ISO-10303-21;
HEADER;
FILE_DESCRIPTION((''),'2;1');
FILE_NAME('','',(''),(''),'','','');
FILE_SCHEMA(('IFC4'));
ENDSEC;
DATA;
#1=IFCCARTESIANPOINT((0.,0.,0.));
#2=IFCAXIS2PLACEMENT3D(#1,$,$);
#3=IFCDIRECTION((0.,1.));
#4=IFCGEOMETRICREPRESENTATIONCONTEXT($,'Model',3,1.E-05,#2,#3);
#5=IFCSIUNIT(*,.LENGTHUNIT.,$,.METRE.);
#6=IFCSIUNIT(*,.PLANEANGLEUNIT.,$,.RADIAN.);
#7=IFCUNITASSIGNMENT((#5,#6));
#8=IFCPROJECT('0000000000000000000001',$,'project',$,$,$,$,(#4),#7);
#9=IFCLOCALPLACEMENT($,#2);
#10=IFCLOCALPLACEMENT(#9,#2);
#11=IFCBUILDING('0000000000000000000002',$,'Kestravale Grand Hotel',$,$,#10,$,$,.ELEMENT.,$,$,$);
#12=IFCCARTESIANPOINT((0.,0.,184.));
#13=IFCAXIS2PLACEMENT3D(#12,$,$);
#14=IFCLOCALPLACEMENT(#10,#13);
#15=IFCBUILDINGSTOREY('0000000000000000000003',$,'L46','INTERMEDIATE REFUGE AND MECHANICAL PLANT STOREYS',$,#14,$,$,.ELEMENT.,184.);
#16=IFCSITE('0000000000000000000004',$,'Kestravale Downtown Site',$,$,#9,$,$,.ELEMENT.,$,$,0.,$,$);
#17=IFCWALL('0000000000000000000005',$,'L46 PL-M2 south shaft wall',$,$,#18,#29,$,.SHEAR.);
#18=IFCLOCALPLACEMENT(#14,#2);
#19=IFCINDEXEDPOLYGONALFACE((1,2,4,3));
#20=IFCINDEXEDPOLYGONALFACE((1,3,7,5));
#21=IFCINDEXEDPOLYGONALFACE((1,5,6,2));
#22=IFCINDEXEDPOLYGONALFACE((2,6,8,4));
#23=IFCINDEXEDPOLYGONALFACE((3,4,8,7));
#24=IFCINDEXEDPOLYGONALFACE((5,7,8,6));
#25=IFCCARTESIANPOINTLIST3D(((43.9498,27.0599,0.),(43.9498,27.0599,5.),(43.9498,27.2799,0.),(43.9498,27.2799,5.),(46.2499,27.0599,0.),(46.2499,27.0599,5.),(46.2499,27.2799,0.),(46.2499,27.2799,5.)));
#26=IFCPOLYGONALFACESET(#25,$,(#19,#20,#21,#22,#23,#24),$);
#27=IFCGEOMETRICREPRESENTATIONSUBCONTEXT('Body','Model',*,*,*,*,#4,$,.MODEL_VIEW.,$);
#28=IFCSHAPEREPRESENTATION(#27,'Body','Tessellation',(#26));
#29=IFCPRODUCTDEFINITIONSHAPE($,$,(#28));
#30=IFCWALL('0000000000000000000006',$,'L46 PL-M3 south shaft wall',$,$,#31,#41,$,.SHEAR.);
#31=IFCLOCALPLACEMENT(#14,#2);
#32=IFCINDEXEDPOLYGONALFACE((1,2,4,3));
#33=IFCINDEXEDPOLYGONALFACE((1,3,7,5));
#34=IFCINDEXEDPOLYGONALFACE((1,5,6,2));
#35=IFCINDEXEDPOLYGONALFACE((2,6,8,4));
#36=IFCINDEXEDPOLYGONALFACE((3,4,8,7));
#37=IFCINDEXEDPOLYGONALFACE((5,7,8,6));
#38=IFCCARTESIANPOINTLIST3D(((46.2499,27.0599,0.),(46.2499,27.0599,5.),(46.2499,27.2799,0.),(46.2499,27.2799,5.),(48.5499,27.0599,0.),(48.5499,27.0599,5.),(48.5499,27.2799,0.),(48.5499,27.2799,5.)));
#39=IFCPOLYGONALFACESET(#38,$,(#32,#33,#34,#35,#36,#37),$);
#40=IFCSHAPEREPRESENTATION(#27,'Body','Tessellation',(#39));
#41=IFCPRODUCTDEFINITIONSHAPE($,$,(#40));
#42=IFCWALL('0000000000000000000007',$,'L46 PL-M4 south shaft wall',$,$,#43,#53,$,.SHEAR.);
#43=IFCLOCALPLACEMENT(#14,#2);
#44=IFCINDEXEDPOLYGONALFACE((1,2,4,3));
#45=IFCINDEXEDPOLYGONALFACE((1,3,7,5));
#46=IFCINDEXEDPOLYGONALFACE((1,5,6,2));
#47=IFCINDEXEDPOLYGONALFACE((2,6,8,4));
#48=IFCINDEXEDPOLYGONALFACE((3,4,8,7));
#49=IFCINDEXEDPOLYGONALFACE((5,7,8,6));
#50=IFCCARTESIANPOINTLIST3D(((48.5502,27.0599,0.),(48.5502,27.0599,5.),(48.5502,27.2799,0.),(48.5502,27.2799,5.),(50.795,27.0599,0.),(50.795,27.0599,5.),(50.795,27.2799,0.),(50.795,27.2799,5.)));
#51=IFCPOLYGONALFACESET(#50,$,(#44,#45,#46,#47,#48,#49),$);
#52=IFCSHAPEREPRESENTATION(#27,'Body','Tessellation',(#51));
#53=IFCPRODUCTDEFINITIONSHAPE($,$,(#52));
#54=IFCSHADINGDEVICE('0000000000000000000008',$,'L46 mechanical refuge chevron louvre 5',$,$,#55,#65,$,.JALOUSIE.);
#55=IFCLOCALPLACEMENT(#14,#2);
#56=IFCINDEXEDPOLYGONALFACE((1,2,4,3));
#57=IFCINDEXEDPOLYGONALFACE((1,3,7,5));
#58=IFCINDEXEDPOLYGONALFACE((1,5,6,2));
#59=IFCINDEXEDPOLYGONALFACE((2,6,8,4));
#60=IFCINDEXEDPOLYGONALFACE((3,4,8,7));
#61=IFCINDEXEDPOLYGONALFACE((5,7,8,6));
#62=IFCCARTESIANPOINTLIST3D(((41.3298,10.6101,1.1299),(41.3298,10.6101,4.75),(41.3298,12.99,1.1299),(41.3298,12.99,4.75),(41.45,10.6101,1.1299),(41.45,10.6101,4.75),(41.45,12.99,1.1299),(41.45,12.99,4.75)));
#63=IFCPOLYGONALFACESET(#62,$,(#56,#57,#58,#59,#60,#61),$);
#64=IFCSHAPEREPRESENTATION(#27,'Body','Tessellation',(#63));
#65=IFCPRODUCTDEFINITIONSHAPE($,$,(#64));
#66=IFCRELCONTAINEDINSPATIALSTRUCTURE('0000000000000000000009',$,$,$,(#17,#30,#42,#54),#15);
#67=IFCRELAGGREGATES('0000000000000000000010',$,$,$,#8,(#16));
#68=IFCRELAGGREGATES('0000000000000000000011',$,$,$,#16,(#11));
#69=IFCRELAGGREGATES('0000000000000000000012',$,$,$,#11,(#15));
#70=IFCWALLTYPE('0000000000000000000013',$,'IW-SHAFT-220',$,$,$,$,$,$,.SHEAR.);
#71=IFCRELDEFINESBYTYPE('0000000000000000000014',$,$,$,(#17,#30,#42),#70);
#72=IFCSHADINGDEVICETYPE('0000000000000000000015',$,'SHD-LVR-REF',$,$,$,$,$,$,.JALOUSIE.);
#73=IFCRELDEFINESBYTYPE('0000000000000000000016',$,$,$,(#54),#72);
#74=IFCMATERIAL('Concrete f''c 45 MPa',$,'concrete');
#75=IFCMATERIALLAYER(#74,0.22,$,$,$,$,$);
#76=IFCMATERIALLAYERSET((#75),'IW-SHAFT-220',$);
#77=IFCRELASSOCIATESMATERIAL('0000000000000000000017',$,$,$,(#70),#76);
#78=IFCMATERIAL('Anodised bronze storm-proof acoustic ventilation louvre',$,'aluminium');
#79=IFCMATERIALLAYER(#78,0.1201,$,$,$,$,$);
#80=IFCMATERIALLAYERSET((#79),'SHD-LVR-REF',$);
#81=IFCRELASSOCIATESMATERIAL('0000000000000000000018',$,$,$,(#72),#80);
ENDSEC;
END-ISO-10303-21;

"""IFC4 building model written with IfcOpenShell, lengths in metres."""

from ifc_helpers import new_model, si_unit, direction, frame, frame_2d, origin, origin_2d, place, context, subcontext, project, spatial, rectangle, extrude, material, layer, layer_set, type_object, element, save


model = new_model("IFC4")

# Units and contexts
model_context = context("Model", 3, precision=1e-05, world=origin(), true_north=direction((0.0, 1.0)))
body_context = subcontext(model_context, "Body", "Model", "MODEL_VIEW")
ifc_project = project(units=[si_unit("LENGTHUNIT", "METRE"), si_unit("PLANEANGLEUNIT", "RADIAN")], contexts=[model_context])

# Site, building, storey
site_placement = place(None, origin())
site = spatial("IfcSite", under=ifc_project, at=site_placement, Name="Kestravale Downtown Site", CompositionType="ELEMENT", RefElevation=0.0)
building_placement = place(site_placement, origin())
building = spatial("IfcBuilding", under=site, at=building_placement, Name="Kestravale Grand Hotel", CompositionType="ELEMENT")
storey_placement = place(building_placement, frame((0.0, 0.0, 184.0)))
storey = spatial("IfcBuildingStorey", under=building, at=storey_placement, Name="L46", Description="INTERMEDIATE REFUGE AND MECHANICAL PLANT STOREYS", CompositionType="ELEMENT", Elevation=184.0)

# Walls
ifc_material_1 = material(Name="Concrete f'c 45 MPa", Category="concrete")
ifc_layer_1 = layer(ifc_material_1, 0.22)
ifc_layer_set_1 = layer_set([ifc_layer_1], Name="IW-SHAFT-220")
wall_type_1 = type_object("IfcWallType", Name="IW-SHAFT-220", PredefinedType="SHEAR", material=ifc_layer_set_1)
for number, where, z_axis, x_axis, name in (
    (1, (43.95, 27.1699, 0.0), (0.0, 0.0, 1.0), (1.0, 0.0, 0.0), "L46 PL-M2 south shaft wall"),
    (2, (46.25, 27.1699, 0.0), (0.0, 0.0, 1.0), (1.0, 0.0, 0.0), "L46 PL-M3 south shaft wall"),
):
    element("IfcWall", number, at=place(storey_placement, frame(where, z_axis=z_axis, x_axis=x_axis)), inside=storey, type_object=wall_type_1, Name=name, PredefinedType="SHEAR", context=body_context, shape_type="SweptSolid", body=[
        extrude(rectangle(XDim=2.3, YDim=0.22, at=frame_2d((1.1499, 0.0))), origin(), (0.0, 0.0, 1.0), 5.0),
    ])
wall_1_placement = place(storey_placement, frame((48.55, 27.1699, 0.0), z_axis=(0.0, 0.0, 1.0), x_axis=(1.0, 0.0, 0.0)))
element("IfcWall", 3, at=wall_1_placement, inside=storey, type_object=wall_type_1, Name="L46 PL-M4 south shaft wall", PredefinedType="SHEAR", context=body_context, shape_type="SweptSolid", body=[
    extrude(rectangle(XDim=2.2449, YDim=0.22, at=frame_2d((1.1226, 0.0))), origin(), (0.0, 0.0, 1.0), 5.0),
])

# Shading device
ifc_material_2 = material(Name="Anodised bronze storm-proof acoustic ventilation louvre", Category="aluminium")
ifc_layer_2 = layer(ifc_material_2, 0.1201)
ifc_layer_set_2 = layer_set([ifc_layer_2], Name="SHD-LVR-REF")
shading_device_type = type_object("IfcShadingDeviceType", Name="SHD-LVR-REF", PredefinedType="JALOUSIE", material=ifc_layer_set_2)
shading_device_placement = place(storey_placement, frame((41.3899, 11.8, 1.1299), z_axis=(0.0, 0.0, 1.0), x_axis=(0.0, -1.0, 0.0)))
element("IfcShadingDevice", 4, at=shading_device_placement, inside=storey, type_object=shading_device_type, Name="L46 mechanical refuge chevron louvre 5", PredefinedType="JALOUSIE", context=body_context, shape_type="SweptSolid", body=[
    extrude(rectangle(XDim=2.3799, YDim=0.1201, at=origin_2d()), origin(), (0.0, 0.0, 1.0), 3.6201),
])

save(model, "model.ifc")
